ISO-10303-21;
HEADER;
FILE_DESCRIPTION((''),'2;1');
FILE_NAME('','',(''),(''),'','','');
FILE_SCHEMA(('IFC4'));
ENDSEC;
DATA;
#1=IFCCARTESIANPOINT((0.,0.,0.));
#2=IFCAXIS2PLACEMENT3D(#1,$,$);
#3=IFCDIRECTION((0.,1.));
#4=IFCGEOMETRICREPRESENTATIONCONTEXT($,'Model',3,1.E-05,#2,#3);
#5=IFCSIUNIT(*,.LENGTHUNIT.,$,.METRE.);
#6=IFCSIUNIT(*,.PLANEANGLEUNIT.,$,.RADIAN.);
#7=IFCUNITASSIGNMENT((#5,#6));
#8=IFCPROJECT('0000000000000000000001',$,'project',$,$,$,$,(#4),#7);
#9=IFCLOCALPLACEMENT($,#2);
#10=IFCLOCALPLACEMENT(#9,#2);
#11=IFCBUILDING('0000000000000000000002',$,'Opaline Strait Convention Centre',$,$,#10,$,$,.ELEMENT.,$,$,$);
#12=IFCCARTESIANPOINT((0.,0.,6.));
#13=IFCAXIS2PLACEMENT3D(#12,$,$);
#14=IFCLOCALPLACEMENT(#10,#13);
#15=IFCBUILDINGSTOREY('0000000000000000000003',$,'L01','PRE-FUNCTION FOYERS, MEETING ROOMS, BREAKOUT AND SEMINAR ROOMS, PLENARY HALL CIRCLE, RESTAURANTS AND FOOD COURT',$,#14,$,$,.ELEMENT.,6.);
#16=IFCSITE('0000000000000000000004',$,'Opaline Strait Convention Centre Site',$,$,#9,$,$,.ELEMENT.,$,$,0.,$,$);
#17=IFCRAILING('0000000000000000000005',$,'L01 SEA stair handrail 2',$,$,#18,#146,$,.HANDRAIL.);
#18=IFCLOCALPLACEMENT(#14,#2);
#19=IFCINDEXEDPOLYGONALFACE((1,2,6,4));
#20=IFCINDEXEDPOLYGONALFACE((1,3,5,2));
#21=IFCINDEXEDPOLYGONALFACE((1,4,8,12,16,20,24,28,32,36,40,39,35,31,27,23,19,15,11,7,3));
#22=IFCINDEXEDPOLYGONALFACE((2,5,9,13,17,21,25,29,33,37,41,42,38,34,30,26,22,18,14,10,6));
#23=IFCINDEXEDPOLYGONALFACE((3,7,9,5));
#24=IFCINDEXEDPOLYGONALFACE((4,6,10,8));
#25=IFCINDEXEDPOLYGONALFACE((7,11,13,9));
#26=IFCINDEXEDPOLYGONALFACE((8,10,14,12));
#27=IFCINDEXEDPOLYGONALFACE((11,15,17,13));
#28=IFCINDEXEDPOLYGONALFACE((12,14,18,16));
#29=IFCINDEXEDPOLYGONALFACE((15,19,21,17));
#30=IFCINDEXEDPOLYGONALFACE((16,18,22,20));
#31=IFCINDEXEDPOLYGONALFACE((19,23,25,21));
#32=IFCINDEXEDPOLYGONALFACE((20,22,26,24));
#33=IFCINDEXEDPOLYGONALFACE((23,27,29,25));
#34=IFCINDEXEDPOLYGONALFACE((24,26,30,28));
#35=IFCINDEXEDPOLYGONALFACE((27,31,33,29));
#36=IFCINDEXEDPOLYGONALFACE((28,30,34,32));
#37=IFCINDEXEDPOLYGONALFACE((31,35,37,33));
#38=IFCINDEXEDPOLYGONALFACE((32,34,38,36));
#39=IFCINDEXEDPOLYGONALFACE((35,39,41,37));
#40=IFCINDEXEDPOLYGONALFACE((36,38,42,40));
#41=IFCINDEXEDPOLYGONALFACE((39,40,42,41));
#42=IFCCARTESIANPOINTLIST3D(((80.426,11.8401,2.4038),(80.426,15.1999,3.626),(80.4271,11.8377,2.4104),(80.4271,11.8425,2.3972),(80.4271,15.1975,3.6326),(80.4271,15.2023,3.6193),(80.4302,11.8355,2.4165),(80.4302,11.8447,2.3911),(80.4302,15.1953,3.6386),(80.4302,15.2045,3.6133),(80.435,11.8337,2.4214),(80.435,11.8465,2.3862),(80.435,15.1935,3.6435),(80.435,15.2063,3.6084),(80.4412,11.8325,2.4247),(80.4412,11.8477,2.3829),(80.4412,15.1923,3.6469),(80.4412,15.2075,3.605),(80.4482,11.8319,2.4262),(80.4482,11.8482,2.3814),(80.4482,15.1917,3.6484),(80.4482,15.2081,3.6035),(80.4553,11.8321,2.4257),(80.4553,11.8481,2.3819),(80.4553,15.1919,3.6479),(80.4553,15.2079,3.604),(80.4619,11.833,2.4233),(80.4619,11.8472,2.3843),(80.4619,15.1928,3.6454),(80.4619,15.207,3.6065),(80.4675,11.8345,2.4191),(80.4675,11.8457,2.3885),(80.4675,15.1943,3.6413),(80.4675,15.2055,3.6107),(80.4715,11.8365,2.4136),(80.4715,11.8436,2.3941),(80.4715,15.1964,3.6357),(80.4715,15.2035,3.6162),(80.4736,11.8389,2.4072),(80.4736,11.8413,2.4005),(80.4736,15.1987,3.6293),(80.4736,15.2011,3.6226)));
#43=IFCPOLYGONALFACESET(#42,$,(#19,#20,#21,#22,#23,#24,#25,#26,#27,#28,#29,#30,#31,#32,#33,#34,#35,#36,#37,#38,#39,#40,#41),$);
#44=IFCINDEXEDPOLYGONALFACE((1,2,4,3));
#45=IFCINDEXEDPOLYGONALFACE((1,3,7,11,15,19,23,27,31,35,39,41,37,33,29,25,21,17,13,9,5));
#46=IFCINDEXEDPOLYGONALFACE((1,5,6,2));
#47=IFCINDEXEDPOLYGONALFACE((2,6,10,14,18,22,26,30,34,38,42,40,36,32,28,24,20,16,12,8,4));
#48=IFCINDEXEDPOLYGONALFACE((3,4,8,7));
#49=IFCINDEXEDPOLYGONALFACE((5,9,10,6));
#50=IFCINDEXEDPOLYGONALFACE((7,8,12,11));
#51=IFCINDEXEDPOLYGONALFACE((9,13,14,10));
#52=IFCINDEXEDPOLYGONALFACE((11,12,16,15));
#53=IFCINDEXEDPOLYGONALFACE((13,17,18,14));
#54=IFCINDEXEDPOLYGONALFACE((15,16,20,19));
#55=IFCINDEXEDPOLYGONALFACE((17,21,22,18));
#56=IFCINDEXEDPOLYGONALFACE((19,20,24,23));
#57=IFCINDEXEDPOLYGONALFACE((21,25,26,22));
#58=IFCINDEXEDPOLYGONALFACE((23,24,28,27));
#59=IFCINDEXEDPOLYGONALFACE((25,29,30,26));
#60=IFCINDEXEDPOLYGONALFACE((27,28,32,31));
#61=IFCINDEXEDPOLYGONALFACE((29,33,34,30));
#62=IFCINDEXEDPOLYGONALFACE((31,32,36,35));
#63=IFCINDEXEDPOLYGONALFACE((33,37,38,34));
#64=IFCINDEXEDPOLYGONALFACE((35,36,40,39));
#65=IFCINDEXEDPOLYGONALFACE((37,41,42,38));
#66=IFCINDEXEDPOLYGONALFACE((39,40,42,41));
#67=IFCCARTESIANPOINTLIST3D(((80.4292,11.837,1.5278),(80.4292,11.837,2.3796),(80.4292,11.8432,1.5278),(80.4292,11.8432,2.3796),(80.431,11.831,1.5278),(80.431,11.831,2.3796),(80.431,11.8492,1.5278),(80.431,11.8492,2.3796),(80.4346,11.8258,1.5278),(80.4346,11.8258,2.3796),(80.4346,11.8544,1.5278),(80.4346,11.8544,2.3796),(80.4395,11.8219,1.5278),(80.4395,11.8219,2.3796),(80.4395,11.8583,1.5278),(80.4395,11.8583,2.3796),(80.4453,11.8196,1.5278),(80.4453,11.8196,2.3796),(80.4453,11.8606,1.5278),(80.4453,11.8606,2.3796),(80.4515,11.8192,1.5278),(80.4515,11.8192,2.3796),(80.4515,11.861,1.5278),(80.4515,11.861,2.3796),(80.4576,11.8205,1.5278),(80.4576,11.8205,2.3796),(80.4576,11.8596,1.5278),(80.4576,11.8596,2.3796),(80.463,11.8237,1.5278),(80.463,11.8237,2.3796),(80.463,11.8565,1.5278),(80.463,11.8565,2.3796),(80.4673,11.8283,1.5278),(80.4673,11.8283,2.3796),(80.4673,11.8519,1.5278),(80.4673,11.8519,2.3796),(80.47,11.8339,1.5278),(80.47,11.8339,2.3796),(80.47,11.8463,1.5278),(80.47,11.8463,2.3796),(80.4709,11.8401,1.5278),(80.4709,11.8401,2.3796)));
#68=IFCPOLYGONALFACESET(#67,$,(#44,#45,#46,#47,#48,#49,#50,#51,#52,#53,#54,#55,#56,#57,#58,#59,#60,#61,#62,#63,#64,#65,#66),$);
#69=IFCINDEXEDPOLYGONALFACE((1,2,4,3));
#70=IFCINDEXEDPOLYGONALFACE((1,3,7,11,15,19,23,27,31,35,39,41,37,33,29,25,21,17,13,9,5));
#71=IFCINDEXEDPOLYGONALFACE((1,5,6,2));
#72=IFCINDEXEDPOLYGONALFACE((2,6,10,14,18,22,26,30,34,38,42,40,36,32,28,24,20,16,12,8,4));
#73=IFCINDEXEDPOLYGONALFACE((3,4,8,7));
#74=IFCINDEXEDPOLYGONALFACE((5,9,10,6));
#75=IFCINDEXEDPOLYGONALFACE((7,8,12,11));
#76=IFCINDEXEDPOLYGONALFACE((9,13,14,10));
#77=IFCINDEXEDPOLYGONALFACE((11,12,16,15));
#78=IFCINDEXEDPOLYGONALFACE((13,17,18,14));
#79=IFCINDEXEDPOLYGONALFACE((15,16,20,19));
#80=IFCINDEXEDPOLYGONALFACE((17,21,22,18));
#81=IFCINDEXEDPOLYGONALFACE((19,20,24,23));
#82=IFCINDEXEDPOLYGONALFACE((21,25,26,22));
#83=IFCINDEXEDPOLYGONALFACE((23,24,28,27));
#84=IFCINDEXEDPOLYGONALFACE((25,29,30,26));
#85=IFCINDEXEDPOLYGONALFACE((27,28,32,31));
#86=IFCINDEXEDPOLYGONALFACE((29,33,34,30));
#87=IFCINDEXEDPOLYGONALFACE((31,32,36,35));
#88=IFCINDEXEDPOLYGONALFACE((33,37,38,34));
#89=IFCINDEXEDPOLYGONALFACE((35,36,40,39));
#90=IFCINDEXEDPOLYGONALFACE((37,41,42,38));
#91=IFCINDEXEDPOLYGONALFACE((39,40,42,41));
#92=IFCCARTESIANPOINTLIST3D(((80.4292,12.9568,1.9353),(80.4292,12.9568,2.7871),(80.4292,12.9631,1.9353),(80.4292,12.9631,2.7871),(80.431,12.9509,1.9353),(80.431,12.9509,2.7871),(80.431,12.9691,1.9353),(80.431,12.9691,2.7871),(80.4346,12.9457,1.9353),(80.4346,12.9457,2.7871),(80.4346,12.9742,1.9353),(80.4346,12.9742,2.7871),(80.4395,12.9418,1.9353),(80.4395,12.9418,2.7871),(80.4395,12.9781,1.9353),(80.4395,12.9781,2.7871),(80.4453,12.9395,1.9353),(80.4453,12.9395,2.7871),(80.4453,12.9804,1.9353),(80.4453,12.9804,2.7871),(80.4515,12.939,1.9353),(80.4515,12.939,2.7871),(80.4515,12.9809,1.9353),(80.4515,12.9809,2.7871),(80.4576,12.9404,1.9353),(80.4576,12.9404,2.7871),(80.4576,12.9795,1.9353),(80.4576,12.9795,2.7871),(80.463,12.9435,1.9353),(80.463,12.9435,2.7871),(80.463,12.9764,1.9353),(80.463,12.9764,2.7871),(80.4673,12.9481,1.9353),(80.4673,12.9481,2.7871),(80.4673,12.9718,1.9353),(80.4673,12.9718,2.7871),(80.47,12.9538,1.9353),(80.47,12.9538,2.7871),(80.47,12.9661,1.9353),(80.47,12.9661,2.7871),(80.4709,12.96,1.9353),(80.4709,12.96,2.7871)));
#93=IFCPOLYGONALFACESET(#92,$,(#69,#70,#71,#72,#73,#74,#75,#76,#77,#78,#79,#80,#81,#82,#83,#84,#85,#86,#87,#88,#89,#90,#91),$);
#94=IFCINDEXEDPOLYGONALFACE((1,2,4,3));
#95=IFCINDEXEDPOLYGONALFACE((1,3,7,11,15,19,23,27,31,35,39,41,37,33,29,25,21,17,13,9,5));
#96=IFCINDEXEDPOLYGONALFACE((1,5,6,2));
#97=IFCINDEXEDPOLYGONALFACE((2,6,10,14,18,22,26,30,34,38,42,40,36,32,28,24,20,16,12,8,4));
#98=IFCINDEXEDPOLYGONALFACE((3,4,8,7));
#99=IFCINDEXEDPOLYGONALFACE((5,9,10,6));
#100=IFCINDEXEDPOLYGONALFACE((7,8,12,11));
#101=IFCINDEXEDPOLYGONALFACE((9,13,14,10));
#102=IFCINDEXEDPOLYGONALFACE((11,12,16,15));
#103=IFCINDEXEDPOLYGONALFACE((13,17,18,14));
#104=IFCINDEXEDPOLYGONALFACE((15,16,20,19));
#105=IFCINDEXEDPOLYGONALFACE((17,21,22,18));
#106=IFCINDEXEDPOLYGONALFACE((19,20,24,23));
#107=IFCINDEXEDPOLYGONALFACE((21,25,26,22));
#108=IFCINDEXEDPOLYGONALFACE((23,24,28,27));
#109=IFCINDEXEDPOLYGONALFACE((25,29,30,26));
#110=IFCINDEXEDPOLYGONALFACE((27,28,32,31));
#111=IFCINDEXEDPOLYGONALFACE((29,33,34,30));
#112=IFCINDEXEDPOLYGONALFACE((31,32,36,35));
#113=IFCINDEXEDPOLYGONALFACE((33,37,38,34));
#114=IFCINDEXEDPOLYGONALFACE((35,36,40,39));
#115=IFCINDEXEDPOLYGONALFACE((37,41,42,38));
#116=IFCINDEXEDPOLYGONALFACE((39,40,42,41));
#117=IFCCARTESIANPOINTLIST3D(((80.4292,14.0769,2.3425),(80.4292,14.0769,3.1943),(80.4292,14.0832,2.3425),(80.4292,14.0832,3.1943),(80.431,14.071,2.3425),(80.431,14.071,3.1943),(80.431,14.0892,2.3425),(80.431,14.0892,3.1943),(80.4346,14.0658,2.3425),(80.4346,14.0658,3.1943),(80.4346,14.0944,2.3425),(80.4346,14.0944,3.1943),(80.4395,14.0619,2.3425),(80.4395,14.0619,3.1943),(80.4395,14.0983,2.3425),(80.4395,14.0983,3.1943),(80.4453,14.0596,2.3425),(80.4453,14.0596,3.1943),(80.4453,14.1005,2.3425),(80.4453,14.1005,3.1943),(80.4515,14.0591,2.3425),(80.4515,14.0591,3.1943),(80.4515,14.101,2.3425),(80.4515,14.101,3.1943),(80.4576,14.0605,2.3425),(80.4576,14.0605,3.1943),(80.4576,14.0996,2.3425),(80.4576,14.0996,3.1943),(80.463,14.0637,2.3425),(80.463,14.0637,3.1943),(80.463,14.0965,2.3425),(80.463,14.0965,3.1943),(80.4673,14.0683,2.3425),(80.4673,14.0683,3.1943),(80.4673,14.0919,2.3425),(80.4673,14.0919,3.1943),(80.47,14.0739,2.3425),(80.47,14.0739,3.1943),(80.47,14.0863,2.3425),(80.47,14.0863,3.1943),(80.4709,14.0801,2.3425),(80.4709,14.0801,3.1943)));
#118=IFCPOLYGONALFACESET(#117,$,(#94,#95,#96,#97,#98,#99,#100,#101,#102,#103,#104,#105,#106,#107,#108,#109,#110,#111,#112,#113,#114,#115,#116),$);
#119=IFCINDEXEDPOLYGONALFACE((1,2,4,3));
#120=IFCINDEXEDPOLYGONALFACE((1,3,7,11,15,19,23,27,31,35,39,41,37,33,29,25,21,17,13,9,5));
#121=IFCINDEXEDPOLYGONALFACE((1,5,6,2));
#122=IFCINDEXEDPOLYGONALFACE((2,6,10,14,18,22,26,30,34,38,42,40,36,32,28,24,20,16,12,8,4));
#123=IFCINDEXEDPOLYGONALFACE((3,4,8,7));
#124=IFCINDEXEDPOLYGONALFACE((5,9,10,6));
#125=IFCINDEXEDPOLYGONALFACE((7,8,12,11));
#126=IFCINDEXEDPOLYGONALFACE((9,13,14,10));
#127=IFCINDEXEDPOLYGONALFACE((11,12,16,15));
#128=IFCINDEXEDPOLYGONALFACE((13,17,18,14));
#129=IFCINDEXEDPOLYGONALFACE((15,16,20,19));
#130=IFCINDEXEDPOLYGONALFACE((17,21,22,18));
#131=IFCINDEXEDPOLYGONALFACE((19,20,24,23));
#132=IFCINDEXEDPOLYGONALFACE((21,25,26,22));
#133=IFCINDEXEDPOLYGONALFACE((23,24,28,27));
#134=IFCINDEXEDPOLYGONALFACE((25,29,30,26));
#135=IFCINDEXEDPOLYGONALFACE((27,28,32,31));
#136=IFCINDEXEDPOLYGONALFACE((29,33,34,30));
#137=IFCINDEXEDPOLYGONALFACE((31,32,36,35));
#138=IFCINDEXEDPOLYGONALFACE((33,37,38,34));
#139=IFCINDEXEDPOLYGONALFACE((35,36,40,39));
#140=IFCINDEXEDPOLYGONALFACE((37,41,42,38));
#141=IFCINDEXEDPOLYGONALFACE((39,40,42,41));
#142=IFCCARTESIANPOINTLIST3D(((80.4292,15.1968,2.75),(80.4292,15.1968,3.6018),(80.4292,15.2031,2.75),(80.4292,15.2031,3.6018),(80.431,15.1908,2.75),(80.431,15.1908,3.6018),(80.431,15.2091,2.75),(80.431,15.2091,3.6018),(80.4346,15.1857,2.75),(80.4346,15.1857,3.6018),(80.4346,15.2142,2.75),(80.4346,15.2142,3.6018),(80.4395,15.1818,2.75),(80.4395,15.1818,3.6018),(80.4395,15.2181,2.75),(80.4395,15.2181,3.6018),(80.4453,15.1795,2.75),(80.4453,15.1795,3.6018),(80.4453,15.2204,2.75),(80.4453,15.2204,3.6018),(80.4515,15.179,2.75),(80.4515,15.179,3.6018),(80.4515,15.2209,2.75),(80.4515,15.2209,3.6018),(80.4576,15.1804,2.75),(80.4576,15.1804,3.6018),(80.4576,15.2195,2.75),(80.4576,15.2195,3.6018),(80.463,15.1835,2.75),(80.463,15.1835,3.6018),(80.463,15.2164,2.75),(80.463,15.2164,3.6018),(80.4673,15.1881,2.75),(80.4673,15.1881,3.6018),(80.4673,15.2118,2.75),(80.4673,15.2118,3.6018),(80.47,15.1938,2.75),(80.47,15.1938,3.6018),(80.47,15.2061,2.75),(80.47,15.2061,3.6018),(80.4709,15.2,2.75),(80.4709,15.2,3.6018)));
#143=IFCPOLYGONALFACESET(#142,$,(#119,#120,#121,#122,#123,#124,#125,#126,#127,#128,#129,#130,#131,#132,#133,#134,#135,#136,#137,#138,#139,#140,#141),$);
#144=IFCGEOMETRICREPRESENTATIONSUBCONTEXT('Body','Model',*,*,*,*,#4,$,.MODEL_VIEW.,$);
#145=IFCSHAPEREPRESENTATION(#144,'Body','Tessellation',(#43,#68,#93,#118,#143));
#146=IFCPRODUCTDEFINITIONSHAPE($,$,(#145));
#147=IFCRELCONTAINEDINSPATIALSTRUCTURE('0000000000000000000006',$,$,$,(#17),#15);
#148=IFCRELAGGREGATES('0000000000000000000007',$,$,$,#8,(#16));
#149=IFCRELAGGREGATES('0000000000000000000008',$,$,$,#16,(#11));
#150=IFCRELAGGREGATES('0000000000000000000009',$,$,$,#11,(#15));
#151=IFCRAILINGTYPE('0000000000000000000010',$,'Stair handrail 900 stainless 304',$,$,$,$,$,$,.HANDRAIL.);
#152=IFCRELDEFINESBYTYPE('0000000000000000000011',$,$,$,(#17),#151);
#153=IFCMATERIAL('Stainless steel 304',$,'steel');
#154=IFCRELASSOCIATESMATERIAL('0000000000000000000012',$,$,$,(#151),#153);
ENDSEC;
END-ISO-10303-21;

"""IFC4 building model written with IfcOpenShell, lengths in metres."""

from ifc_helpers import new_model, si_unit, direction, frame, origin, origin_2d, place, context, subcontext, project, spatial, circle, extrude, material, type_object, element, save


model = new_model("IFC4")

# Units and contexts
model_context = context("Model", 3, precision=1e-05, world=origin(), true_north=direction((0.0, 1.0)))
body_context = subcontext(model_context, "Body", "Model", "MODEL_VIEW")
ifc_project = project(units=[si_unit("LENGTHUNIT", "METRE"), si_unit("PLANEANGLEUNIT", "RADIAN")], contexts=[model_context])

# Site, building, storey
site_placement = place(None, origin())
site = spatial("IfcSite", under=ifc_project, at=site_placement, Name="Opaline Strait Convention Centre Site", CompositionType="ELEMENT", RefElevation=0.0)
building_placement = place(site_placement, origin())
building = spatial("IfcBuilding", under=site, at=building_placement, Name="Opaline Strait Convention Centre", CompositionType="ELEMENT")
storey_placement = place(building_placement, frame((0.0, 0.0, 6.0)))
storey = spatial("IfcBuildingStorey", under=building, at=storey_placement, Name="L01", Description="PRE-FUNCTION FOYERS, MEETING ROOMS, BREAKOUT AND SEMINAR ROOMS, PLENARY HALL CIRCLE, RESTAURANTS AND FOOD COURT", CompositionType="ELEMENT", Elevation=6.0)

# Railing
ifc_material_1 = material(Name="Stainless steel 304", Category="steel")
railing_type_1 = type_object("IfcRailingType", Name="Stair handrail 900 stainless 304", PredefinedType="HANDRAIL", material=ifc_material_1)
railing_1_placement = place(storey_placement, frame((80.45, 11.8401, 1.5278)))
element("IfcRailing", 1, at=railing_1_placement, inside=storey, type_object=railing_type_1, Name="L01 SEA stair handrail 2", PredefinedType="HANDRAIL", context=body_context, shape_type="SweptSolid", body=[
    extrude(circle(Radius=0.0239, at=origin_2d()), frame((0.0, 0.0, 0.876), z_axis=(0.0, 0.939758, 0.341842), x_axis=(-1.0, 0.0, 0.0)), (0.0, 0.0, 1.0), 3.5752),
    extrude(circle(Radius=0.021, at=origin_2d()), origin(), (0.0, 0.0, 1.0), 0.8518),
    extrude(circle(Radius=0.021, at=origin_2d()), frame((0.0, 1.1199, 0.4075)), (0.0, 0.0, 1.0), 0.8518),
    extrude(circle(Radius=0.021, at=origin_2d()), frame((0.0, 2.24, 0.8147)), (0.0, 0.0, 1.0), 0.8518),
    extrude(circle(Radius=0.021, at=origin_2d()), frame((0.0, 3.3599, 1.2222)), (0.0, 0.0, 1.0), 0.8518),
])

save(model, "model.ifc")
